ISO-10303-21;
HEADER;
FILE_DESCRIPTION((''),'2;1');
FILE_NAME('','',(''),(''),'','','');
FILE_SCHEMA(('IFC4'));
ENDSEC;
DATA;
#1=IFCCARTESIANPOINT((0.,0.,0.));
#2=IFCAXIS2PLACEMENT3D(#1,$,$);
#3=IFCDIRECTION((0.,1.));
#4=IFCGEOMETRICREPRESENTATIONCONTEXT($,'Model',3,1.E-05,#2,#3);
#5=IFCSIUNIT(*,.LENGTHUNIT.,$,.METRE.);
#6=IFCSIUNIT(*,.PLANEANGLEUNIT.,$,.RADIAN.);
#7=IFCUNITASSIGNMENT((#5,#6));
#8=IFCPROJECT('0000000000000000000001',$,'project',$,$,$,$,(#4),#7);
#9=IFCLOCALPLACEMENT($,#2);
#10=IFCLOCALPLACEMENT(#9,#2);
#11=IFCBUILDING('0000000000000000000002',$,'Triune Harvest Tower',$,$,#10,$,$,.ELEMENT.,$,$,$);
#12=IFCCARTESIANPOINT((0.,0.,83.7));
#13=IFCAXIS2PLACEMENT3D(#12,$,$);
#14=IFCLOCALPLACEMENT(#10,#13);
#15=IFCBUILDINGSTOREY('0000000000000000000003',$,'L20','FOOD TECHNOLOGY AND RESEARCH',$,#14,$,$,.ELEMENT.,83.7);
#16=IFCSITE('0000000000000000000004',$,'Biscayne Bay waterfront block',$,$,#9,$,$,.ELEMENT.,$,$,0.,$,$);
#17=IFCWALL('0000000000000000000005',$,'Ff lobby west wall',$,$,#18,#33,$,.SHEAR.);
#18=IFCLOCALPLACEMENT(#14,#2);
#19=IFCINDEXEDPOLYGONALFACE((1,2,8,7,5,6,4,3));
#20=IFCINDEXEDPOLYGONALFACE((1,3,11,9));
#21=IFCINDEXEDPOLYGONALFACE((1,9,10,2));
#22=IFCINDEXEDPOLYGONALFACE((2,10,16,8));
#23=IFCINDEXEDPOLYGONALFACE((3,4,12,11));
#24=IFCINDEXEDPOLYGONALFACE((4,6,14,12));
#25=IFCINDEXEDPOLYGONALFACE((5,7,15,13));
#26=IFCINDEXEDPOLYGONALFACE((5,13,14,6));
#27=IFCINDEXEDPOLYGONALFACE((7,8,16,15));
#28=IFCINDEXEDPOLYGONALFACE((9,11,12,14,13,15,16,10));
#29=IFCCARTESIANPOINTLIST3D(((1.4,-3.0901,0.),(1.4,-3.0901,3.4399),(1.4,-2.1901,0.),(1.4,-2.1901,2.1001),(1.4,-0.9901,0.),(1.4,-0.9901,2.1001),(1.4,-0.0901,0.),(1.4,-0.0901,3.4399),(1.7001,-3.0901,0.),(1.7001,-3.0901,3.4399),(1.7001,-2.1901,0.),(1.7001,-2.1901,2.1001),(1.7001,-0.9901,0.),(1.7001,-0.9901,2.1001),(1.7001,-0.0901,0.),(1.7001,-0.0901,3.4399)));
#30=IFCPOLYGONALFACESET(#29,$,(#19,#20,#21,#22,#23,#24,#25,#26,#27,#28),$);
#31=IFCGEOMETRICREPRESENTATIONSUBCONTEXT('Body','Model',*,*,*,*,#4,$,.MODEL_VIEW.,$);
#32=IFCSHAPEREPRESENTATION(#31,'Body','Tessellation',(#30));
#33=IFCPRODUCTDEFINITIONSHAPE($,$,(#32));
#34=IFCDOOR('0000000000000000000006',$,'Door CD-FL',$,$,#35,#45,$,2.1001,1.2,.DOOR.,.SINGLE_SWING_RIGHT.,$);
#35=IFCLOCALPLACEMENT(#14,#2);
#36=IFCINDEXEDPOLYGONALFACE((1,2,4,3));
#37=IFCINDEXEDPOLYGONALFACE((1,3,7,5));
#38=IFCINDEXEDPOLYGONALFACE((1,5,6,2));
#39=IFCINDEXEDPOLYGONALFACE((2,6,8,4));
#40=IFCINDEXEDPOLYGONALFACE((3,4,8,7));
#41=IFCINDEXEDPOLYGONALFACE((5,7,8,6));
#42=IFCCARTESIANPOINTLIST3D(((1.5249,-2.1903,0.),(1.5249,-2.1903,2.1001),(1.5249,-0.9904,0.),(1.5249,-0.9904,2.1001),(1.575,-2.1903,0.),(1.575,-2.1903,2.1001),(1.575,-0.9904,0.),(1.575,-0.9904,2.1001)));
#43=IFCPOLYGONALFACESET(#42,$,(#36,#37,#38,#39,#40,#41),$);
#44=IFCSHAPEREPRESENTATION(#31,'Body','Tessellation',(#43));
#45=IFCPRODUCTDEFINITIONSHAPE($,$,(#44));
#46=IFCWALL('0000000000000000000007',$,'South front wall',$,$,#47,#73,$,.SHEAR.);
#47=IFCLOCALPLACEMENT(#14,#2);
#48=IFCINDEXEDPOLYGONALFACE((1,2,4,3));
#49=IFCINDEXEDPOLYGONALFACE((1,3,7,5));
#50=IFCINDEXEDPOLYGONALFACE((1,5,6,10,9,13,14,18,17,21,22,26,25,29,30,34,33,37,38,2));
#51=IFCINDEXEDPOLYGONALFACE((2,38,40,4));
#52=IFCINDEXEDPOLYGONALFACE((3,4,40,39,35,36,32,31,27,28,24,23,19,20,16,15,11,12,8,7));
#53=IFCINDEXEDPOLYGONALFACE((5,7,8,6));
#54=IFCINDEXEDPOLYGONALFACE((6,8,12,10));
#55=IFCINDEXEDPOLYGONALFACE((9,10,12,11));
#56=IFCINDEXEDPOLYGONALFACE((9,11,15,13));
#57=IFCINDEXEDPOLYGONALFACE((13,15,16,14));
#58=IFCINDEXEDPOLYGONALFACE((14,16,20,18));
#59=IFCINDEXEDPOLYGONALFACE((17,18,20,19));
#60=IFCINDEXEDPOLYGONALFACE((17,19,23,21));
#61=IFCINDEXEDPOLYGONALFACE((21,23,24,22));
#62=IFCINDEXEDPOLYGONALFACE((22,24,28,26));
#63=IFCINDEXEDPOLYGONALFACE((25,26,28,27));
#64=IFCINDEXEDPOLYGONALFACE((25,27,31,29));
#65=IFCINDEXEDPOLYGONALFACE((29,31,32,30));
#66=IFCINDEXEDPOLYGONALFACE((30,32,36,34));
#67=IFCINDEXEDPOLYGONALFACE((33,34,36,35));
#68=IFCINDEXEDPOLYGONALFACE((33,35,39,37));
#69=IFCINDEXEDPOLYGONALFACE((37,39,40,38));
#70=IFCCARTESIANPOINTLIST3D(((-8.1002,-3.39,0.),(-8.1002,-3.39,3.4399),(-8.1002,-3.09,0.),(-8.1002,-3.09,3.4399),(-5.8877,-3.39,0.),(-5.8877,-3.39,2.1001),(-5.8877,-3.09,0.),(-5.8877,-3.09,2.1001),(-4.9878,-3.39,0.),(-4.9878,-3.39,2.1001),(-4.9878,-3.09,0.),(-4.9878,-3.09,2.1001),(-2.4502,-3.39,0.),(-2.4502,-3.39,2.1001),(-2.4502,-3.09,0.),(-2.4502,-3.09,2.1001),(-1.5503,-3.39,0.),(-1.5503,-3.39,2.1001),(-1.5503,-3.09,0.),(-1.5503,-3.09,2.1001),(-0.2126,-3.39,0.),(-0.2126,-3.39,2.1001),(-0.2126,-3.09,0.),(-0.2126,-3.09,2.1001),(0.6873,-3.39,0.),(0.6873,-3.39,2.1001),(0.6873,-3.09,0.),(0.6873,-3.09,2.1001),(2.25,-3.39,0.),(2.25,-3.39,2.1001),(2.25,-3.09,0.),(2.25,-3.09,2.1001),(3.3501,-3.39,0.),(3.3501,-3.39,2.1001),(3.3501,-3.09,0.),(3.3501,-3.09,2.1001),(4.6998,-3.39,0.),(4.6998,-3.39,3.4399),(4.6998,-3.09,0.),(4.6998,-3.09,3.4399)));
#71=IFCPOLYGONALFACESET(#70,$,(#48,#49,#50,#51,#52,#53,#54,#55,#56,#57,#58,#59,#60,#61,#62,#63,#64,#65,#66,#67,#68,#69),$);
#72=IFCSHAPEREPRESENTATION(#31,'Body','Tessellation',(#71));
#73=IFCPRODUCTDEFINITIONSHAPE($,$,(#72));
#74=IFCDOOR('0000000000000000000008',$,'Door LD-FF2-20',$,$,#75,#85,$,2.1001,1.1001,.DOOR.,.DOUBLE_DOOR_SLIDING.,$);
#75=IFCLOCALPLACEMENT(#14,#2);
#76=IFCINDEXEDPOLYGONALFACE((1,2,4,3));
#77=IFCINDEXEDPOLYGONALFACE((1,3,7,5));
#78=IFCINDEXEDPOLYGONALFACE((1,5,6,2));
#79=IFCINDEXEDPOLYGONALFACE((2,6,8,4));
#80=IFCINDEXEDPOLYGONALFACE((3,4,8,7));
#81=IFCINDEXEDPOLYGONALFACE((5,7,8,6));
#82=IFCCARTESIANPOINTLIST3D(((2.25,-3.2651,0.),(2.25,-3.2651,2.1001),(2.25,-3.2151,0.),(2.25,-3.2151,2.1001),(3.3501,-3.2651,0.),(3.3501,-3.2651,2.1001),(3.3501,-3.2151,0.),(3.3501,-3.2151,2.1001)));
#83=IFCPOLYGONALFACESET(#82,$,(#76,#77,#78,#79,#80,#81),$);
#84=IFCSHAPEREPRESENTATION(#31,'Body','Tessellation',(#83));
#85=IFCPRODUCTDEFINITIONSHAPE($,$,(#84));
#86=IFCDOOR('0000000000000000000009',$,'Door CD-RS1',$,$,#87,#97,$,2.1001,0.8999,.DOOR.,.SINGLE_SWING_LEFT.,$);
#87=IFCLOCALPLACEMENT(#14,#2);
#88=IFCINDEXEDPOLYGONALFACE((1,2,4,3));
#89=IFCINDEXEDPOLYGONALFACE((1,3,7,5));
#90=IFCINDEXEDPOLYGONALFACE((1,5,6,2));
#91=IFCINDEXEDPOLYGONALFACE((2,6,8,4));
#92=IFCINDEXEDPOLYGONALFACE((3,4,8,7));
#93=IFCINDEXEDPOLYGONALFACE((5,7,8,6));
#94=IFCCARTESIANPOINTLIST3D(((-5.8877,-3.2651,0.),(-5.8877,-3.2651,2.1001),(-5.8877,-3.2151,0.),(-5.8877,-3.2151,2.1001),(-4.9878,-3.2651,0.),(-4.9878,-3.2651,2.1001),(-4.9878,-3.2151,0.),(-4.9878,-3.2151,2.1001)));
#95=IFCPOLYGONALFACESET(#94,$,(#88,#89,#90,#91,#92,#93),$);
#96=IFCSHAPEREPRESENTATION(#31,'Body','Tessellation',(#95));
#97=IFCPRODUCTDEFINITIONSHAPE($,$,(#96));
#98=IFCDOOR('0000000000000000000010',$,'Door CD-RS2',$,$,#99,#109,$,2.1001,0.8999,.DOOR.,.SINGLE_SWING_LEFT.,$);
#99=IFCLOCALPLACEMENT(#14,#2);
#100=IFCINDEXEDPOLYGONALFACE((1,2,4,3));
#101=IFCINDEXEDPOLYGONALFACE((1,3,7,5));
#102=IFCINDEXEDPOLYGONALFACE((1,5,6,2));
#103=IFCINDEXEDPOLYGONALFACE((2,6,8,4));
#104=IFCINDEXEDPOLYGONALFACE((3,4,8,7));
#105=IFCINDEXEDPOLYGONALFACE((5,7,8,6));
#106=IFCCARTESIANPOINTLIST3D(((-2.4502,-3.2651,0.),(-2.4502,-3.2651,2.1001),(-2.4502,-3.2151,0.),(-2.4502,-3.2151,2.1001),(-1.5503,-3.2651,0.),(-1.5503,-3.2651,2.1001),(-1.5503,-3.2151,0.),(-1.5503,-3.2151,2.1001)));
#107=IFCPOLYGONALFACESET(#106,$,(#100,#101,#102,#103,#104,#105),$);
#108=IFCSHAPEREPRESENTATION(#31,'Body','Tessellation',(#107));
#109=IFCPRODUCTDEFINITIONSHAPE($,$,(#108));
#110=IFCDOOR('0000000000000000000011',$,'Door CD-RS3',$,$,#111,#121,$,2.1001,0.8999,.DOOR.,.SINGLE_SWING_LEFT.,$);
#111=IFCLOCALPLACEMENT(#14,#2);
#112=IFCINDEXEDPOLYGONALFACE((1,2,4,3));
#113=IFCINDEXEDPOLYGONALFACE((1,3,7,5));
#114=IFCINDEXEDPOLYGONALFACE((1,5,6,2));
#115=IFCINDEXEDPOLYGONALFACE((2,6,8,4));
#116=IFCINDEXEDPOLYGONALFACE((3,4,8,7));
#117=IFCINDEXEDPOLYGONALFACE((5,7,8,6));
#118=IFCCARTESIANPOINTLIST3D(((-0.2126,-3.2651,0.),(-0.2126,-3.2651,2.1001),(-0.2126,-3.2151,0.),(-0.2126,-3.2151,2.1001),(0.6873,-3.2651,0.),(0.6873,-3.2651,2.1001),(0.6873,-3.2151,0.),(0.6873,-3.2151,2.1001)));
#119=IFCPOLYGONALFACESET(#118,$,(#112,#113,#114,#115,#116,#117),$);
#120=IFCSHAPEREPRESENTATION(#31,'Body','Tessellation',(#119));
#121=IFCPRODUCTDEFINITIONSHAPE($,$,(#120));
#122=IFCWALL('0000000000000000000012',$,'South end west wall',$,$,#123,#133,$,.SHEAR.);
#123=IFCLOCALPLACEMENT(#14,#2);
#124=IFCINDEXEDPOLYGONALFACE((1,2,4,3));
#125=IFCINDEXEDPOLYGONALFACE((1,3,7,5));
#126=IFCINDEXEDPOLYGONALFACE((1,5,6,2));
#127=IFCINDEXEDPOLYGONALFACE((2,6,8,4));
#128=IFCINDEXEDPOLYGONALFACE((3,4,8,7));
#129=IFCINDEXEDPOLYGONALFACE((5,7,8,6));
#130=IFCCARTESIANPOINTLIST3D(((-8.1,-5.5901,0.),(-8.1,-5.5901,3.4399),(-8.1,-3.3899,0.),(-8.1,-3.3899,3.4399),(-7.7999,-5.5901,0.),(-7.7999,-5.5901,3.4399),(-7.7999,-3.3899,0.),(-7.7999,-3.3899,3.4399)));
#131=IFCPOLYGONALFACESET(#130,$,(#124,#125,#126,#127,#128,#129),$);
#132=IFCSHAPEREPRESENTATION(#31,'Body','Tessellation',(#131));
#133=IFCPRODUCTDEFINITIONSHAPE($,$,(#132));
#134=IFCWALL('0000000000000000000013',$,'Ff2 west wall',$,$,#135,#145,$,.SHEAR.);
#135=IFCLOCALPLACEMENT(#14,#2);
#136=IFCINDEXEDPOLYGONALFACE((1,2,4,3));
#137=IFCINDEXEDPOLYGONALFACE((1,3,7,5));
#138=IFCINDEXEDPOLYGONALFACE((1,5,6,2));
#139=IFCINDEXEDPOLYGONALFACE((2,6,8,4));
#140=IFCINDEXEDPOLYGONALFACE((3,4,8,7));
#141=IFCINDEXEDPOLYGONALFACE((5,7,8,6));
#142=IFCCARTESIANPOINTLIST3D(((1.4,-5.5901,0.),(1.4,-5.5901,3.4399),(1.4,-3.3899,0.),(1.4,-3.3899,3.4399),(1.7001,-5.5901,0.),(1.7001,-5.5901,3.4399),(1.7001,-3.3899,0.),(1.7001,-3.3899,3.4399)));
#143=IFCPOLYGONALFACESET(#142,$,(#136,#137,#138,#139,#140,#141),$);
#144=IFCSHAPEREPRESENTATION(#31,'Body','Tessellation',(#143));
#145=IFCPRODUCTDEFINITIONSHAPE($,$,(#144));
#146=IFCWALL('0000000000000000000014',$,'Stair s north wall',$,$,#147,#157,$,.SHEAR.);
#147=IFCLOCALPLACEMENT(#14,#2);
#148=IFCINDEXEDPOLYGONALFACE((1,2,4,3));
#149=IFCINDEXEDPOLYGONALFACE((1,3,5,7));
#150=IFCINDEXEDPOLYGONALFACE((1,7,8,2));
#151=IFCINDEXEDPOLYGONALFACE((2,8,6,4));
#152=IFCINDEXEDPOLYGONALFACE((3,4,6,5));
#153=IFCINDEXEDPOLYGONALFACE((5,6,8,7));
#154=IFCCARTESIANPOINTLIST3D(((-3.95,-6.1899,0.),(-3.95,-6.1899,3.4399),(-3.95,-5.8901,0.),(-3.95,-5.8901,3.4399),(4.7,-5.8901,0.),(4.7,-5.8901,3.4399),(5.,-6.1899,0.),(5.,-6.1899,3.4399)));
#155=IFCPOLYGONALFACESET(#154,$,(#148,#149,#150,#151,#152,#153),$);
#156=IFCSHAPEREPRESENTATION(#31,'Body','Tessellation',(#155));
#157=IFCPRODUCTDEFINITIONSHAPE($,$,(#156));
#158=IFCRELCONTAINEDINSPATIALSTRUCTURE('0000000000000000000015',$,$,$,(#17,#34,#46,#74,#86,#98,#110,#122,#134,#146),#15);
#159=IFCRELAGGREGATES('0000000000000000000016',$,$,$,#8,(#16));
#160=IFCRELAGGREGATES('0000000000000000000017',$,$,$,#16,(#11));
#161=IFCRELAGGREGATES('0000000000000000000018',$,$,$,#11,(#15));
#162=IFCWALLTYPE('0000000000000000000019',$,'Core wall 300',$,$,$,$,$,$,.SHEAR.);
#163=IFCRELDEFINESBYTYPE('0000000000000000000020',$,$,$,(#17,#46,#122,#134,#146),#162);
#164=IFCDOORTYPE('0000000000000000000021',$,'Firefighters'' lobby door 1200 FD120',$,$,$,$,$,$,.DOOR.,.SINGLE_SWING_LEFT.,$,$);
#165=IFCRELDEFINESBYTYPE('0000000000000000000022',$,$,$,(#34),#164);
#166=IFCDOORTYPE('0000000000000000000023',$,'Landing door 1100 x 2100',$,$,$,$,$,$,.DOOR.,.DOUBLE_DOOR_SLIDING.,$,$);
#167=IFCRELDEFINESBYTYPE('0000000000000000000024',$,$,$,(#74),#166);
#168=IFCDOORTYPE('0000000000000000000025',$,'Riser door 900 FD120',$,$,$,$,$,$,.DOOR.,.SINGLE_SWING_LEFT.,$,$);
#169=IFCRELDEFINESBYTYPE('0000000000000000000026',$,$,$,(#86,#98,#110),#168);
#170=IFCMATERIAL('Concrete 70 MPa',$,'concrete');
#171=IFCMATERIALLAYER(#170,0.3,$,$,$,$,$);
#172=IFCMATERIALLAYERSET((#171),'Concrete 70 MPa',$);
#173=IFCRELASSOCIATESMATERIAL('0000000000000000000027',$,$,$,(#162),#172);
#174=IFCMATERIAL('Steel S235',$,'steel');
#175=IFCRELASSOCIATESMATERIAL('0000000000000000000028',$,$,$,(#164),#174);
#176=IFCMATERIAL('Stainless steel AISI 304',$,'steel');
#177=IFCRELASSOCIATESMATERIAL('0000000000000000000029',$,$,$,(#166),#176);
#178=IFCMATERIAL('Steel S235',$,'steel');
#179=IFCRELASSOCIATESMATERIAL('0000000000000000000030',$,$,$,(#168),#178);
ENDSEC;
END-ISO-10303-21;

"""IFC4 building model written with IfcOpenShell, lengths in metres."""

from ifc_helpers import new_model, si_unit, direction, frame, frame_2d, origin, place, context, subcontext, project, spatial, polyline, rectangle, outline, extrude, source, transform, mapped, material, layer, layer_set, type_object, element, fill, save


model = new_model("IFC4")

# Units and contexts
model_context = context("Model", 3, precision=1e-05, world=origin(), true_north=direction((0.0, 1.0)))
body_context = subcontext(model_context, "Body", "Model", "MODEL_VIEW")
ifc_project = project(units=[si_unit("LENGTHUNIT", "METRE"), si_unit("PLANEANGLEUNIT", "RADIAN")], contexts=[model_context])

# Site, building, storey
site_placement = place(None, origin())
site = spatial("IfcSite", under=ifc_project, at=site_placement, Name="Biscayne Bay waterfront block", CompositionType="ELEMENT", RefElevation=0.0)
building_placement = place(site_placement, origin())
building = spatial("IfcBuilding", under=site, at=building_placement, Name="Triune Harvest Tower", CompositionType="ELEMENT")
storey_placement = place(building_placement, frame((0.0, 0.0, 83.7)))
storey = spatial("IfcBuildingStorey", under=building, at=storey_placement, Name="L20", Description="FOOD TECHNOLOGY AND RESEARCH", CompositionType="ELEMENT", Elevation=83.7)

# Wall, opening, door
ifc_material_1 = material(Name="Concrete 70 MPa", Category="concrete")
ifc_layer_1 = layer(ifc_material_1, 0.3)
ifc_layer_set_1 = layer_set([ifc_layer_1], Name="Concrete 70 MPa")
wall_type_1 = type_object("IfcWallType", Name="Core wall 300", PredefinedType="SHEAR", material=ifc_layer_set_1)
shared_shape_1 = source(origin(), body_context, "Body", "SweptSolid", [
    extrude(rectangle(XDim=3.0, YDim=0.3, at=frame_2d((1.5, 0.0))), origin(), (0.0, 0.0, 1.0), 3.4399),
])
wall_1_placement = place(storey_placement, frame((1.55, -3.0901, 0.0), z_axis=(0.0, 0.0, 1.0), x_axis=(0.0, 1.0, 0.0)))
wall_1 = element("IfcWall", 1, at=wall_1_placement, inside=storey, type_object=wall_type_1, Name="Ff lobby west wall", PredefinedType="SHEAR", context=body_context, shape_type="MappedRepresentation", body=[
    mapped(shared_shape_1, transform((0.0, 0.0, 0.0), scale=1.0)),
])
opening_1_placement = place(wall_1_placement, frame((0.8999, 0.0, 0.0)))
opening_1 = element("IfcOpeningElement", 2, at=opening_1_placement, cuts=wall_1, PredefinedType="OPENING", context=body_context, shape_type="SweptSolid", body=[
    extrude(rectangle(XDim=1.2, YDim=2.1001, at=frame_2d((0.6001, 1.05))), frame((0.0, 0.1602, 0.0), z_axis=(0.0, -1.0, 0.0), x_axis=(1.0, 0.0, 0.0)), (0.0, 0.0, 1.0), 0.3201),
])
ifc_material_2 = material(Name="Steel S235", Category="steel")
door_type_1 = type_object("IfcDoorType", Name="Firefighters' lobby door 1200 FD120", OperationType="SINGLE_SWING_LEFT", PredefinedType="DOOR", material=ifc_material_2)
door_1_placement = place(opening_1_placement, frame((1.2, 0.0, 0.0), z_axis=(0.0, 0.0, 1.0), x_axis=(-1.0, 0.0, 0.0)))
door_1 = element("IfcDoor", 3, at=door_1_placement, inside=storey, type_object=door_type_1, Name="Door CD-FL", OperationType="SINGLE_SWING_RIGHT", OverallHeight=2.1001, OverallWidth=1.2, PredefinedType="DOOR", context=body_context, shape_type="SweptSolid", body=[
    extrude(rectangle(XDim=1.2, YDim=2.1001, at=frame_2d((0.6001, 1.05))), frame((0.0, 0.0249, 0.0), z_axis=(0.0, -1.0, 0.0), x_axis=(1.0, 0.0, 0.0)), (0.0, 0.0, 1.0), 0.05),
])
fill(opening_1, door_1)

# Wall, openings, doors
shared_shape_2 = source(origin(), body_context, "Body", "SweptSolid", [
    extrude(rectangle(XDim=12.8, YDim=0.3, at=frame_2d((6.3999, 0.0))), origin(), (0.0, 0.0, 1.0), 3.4399),
])
wall_2_placement = place(storey_placement, frame((-8.1001, -3.24, 0.0), z_axis=(0.0, 0.0, 1.0), x_axis=(1.0, 0.0, 0.0)))
wall_2 = element("IfcWall", 4, at=wall_2_placement, inside=storey, type_object=wall_type_1, Name="South front wall", PredefinedType="SHEAR", context=body_context, shape_type="MappedRepresentation", body=[
    mapped(shared_shape_2, transform((0.0, 0.0, 0.0), scale=1.0)),
])
opening_2_placement = place(wall_2_placement, frame((2.2124, 0.0, 0.0)))
opening_2 = element("IfcOpeningElement", 5, at=opening_2_placement, cuts=wall_2, PredefinedType="OPENING", context=body_context, shape_type="SweptSolid", body=[
    extrude(rectangle(XDim=0.8999, YDim=2.1001, at=frame_2d((0.45, 1.05))), frame((0.0, 0.1602, 0.0), z_axis=(0.0, -1.0, 0.0), x_axis=(1.0, 0.0, 0.0)), (0.0, 0.0, 1.0), 0.3201),
])
opening_3_placement = place(wall_2_placement, frame((5.6499, 0.0, 0.0)))
opening_3 = element("IfcOpeningElement", 6, at=opening_3_placement, cuts=wall_2, PredefinedType="OPENING", context=body_context, shape_type="SweptSolid", body=[
    extrude(rectangle(XDim=0.8999, YDim=2.1001, at=frame_2d((0.45, 1.05))), frame((0.0, 0.1602, 0.0), z_axis=(0.0, -1.0, 0.0), x_axis=(1.0, 0.0, 0.0)), (0.0, 0.0, 1.0), 0.3201),
])
opening_4_placement = place(wall_2_placement, frame((7.8875, 0.0, 0.0)))
opening_4 = element("IfcOpeningElement", 7, at=opening_4_placement, cuts=wall_2, PredefinedType="OPENING", context=body_context, shape_type="SweptSolid", body=[
    extrude(rectangle(XDim=0.8999, YDim=2.1001, at=frame_2d((0.45, 1.05))), frame((0.0, 0.1602, 0.0), z_axis=(0.0, -1.0, 0.0), x_axis=(1.0, 0.0, 0.0)), (0.0, 0.0, 1.0), 0.3201),
])
opening_5_placement = place(wall_2_placement, frame((10.3501, 0.0, 0.0)))
opening_5 = element("IfcOpeningElement", 8, at=opening_5_placement, cuts=wall_2, PredefinedType="OPENING", context=body_context, shape_type="SweptSolid", body=[
    extrude(rectangle(XDim=1.1001, YDim=2.1001, at=frame_2d((0.55, 1.05))), frame((0.0, 0.1602, 0.0), z_axis=(0.0, -1.0, 0.0), x_axis=(1.0, 0.0, 0.0)), (0.0, 0.0, 1.0), 0.3201),
])
ifc_material_3 = material(Name="Stainless steel AISI 304", Category="steel")
door_type_2 = type_object("IfcDoorType", Name="Landing door 1100 x 2100", OperationType="DOUBLE_DOOR_SLIDING", PredefinedType="DOOR", material=ifc_material_3)
door_2_placement = place(opening_5_placement, origin())
door_2 = element("IfcDoor", 9, at=door_2_placement, inside=storey, type_object=door_type_2, Name="Door LD-FF2-20", OperationType="DOUBLE_DOOR_SLIDING", OverallHeight=2.1001, OverallWidth=1.1001, PredefinedType="DOOR", context=body_context, shape_type="SweptSolid", body=[
    extrude(rectangle(XDim=1.1001, YDim=2.1001, at=frame_2d((0.55, 1.05))), frame((0.0, 0.0249, 0.0), z_axis=(0.0, -1.0, 0.0), x_axis=(1.0, 0.0, 0.0)), (0.0, 0.0, 1.0), 0.05),
])
fill(opening_5, door_2)
ifc_material_4 = material(Name="Steel S235", Category="steel")
door_type_3 = type_object("IfcDoorType", Name="Riser door 900 FD120", OperationType="SINGLE_SWING_LEFT", PredefinedType="DOOR", material=ifc_material_4)
door_3_placement = place(opening_2_placement, origin())
door_3 = element("IfcDoor", 10, at=door_3_placement, inside=storey, type_object=door_type_3, Name="Door CD-RS1", OperationType="SINGLE_SWING_LEFT", OverallHeight=2.1001, OverallWidth=0.8999, PredefinedType="DOOR", context=body_context, shape_type="SweptSolid", body=[
    extrude(rectangle(XDim=0.8999, YDim=2.1001, at=frame_2d((0.45, 1.05))), frame((0.0, 0.0249, 0.0), z_axis=(0.0, -1.0, 0.0), x_axis=(1.0, 0.0, 0.0)), (0.0, 0.0, 1.0), 0.05),
])
fill(opening_2, door_3)
door_4_placement = place(opening_3_placement, origin())
door_4 = element("IfcDoor", 11, at=door_4_placement, inside=storey, type_object=door_type_3, Name="Door CD-RS2", OperationType="SINGLE_SWING_LEFT", OverallHeight=2.1001, OverallWidth=0.8999, PredefinedType="DOOR", context=body_context, shape_type="SweptSolid", body=[
    extrude(rectangle(XDim=0.8999, YDim=2.1001, at=frame_2d((0.45, 1.05))), frame((0.0, 0.0249, 0.0), z_axis=(0.0, -1.0, 0.0), x_axis=(1.0, 0.0, 0.0)), (0.0, 0.0, 1.0), 0.05),
])
fill(opening_3, door_4)
door_5_placement = place(opening_4_placement, origin())
door_5 = element("IfcDoor", 12, at=door_5_placement, inside=storey, type_object=door_type_3, Name="Door CD-RS3", OperationType="SINGLE_SWING_LEFT", OverallHeight=2.1001, OverallWidth=0.8999, PredefinedType="DOOR", context=body_context, shape_type="SweptSolid", body=[
    extrude(rectangle(XDim=0.8999, YDim=2.1001, at=frame_2d((0.45, 1.05))), frame((0.0, 0.0249, 0.0), z_axis=(0.0, -1.0, 0.0), x_axis=(1.0, 0.0, 0.0)), (0.0, 0.0, 1.0), 0.05),
])
fill(opening_4, door_5)

# Walls
shared_shape_3 = source(origin(), body_context, "Body", "SweptSolid", [
    extrude(rectangle(XDim=2.2002, YDim=0.3, at=frame_2d((1.1001, 0.0))), origin(), (0.0, 0.0, 1.0), 3.4399),
])
for number, where, z_axis, x_axis, name in (
    (13, (-7.95, -5.5901, 0.0), (0.0, 0.0, 1.0), (0.0, 1.0, 0.0), "South end west wall"),
    (14, (1.55, -5.5901, 0.0), (0.0, 0.0, 1.0), (0.0, 1.0, 0.0), "Ff2 west wall"),
):
    element("IfcWall", number, at=place(storey_placement, frame(where, z_axis=z_axis, x_axis=x_axis)), inside=storey, type_object=wall_type_1, Name=name, PredefinedType="SHEAR", context=body_context, shape_type="MappedRepresentation", body=[
        mapped(shared_shape_3, transform((0.0, 0.0, 0.0), scale=1.0)),
    ])
shared_shape_4 = source(origin(), body_context, "Body", "SweptSolid", [
    extrude(outline(polyline([(0.0, -0.1499), (8.95, -0.1499), (8.6499, 0.1499), (0.0, 0.1499), (0.0, -0.1499)])), origin(), (0.0, 0.0, 1.0), 3.4399),
])
wall_3_placement = place(storey_placement, frame((-3.95, -6.04, 0.0), z_axis=(0.0, 0.0, 1.0), x_axis=(1.0, 0.0, 0.0)))
element("IfcWall", 15, at=wall_3_placement, inside=storey, type_object=wall_type_1, Name="Stair s north wall", PredefinedType="SHEAR", context=body_context, shape_type="MappedRepresentation", body=[
    mapped(shared_shape_4, transform((0.0, 0.0, 0.0), scale=1.0)),
])

save(model, "model.ifc")
